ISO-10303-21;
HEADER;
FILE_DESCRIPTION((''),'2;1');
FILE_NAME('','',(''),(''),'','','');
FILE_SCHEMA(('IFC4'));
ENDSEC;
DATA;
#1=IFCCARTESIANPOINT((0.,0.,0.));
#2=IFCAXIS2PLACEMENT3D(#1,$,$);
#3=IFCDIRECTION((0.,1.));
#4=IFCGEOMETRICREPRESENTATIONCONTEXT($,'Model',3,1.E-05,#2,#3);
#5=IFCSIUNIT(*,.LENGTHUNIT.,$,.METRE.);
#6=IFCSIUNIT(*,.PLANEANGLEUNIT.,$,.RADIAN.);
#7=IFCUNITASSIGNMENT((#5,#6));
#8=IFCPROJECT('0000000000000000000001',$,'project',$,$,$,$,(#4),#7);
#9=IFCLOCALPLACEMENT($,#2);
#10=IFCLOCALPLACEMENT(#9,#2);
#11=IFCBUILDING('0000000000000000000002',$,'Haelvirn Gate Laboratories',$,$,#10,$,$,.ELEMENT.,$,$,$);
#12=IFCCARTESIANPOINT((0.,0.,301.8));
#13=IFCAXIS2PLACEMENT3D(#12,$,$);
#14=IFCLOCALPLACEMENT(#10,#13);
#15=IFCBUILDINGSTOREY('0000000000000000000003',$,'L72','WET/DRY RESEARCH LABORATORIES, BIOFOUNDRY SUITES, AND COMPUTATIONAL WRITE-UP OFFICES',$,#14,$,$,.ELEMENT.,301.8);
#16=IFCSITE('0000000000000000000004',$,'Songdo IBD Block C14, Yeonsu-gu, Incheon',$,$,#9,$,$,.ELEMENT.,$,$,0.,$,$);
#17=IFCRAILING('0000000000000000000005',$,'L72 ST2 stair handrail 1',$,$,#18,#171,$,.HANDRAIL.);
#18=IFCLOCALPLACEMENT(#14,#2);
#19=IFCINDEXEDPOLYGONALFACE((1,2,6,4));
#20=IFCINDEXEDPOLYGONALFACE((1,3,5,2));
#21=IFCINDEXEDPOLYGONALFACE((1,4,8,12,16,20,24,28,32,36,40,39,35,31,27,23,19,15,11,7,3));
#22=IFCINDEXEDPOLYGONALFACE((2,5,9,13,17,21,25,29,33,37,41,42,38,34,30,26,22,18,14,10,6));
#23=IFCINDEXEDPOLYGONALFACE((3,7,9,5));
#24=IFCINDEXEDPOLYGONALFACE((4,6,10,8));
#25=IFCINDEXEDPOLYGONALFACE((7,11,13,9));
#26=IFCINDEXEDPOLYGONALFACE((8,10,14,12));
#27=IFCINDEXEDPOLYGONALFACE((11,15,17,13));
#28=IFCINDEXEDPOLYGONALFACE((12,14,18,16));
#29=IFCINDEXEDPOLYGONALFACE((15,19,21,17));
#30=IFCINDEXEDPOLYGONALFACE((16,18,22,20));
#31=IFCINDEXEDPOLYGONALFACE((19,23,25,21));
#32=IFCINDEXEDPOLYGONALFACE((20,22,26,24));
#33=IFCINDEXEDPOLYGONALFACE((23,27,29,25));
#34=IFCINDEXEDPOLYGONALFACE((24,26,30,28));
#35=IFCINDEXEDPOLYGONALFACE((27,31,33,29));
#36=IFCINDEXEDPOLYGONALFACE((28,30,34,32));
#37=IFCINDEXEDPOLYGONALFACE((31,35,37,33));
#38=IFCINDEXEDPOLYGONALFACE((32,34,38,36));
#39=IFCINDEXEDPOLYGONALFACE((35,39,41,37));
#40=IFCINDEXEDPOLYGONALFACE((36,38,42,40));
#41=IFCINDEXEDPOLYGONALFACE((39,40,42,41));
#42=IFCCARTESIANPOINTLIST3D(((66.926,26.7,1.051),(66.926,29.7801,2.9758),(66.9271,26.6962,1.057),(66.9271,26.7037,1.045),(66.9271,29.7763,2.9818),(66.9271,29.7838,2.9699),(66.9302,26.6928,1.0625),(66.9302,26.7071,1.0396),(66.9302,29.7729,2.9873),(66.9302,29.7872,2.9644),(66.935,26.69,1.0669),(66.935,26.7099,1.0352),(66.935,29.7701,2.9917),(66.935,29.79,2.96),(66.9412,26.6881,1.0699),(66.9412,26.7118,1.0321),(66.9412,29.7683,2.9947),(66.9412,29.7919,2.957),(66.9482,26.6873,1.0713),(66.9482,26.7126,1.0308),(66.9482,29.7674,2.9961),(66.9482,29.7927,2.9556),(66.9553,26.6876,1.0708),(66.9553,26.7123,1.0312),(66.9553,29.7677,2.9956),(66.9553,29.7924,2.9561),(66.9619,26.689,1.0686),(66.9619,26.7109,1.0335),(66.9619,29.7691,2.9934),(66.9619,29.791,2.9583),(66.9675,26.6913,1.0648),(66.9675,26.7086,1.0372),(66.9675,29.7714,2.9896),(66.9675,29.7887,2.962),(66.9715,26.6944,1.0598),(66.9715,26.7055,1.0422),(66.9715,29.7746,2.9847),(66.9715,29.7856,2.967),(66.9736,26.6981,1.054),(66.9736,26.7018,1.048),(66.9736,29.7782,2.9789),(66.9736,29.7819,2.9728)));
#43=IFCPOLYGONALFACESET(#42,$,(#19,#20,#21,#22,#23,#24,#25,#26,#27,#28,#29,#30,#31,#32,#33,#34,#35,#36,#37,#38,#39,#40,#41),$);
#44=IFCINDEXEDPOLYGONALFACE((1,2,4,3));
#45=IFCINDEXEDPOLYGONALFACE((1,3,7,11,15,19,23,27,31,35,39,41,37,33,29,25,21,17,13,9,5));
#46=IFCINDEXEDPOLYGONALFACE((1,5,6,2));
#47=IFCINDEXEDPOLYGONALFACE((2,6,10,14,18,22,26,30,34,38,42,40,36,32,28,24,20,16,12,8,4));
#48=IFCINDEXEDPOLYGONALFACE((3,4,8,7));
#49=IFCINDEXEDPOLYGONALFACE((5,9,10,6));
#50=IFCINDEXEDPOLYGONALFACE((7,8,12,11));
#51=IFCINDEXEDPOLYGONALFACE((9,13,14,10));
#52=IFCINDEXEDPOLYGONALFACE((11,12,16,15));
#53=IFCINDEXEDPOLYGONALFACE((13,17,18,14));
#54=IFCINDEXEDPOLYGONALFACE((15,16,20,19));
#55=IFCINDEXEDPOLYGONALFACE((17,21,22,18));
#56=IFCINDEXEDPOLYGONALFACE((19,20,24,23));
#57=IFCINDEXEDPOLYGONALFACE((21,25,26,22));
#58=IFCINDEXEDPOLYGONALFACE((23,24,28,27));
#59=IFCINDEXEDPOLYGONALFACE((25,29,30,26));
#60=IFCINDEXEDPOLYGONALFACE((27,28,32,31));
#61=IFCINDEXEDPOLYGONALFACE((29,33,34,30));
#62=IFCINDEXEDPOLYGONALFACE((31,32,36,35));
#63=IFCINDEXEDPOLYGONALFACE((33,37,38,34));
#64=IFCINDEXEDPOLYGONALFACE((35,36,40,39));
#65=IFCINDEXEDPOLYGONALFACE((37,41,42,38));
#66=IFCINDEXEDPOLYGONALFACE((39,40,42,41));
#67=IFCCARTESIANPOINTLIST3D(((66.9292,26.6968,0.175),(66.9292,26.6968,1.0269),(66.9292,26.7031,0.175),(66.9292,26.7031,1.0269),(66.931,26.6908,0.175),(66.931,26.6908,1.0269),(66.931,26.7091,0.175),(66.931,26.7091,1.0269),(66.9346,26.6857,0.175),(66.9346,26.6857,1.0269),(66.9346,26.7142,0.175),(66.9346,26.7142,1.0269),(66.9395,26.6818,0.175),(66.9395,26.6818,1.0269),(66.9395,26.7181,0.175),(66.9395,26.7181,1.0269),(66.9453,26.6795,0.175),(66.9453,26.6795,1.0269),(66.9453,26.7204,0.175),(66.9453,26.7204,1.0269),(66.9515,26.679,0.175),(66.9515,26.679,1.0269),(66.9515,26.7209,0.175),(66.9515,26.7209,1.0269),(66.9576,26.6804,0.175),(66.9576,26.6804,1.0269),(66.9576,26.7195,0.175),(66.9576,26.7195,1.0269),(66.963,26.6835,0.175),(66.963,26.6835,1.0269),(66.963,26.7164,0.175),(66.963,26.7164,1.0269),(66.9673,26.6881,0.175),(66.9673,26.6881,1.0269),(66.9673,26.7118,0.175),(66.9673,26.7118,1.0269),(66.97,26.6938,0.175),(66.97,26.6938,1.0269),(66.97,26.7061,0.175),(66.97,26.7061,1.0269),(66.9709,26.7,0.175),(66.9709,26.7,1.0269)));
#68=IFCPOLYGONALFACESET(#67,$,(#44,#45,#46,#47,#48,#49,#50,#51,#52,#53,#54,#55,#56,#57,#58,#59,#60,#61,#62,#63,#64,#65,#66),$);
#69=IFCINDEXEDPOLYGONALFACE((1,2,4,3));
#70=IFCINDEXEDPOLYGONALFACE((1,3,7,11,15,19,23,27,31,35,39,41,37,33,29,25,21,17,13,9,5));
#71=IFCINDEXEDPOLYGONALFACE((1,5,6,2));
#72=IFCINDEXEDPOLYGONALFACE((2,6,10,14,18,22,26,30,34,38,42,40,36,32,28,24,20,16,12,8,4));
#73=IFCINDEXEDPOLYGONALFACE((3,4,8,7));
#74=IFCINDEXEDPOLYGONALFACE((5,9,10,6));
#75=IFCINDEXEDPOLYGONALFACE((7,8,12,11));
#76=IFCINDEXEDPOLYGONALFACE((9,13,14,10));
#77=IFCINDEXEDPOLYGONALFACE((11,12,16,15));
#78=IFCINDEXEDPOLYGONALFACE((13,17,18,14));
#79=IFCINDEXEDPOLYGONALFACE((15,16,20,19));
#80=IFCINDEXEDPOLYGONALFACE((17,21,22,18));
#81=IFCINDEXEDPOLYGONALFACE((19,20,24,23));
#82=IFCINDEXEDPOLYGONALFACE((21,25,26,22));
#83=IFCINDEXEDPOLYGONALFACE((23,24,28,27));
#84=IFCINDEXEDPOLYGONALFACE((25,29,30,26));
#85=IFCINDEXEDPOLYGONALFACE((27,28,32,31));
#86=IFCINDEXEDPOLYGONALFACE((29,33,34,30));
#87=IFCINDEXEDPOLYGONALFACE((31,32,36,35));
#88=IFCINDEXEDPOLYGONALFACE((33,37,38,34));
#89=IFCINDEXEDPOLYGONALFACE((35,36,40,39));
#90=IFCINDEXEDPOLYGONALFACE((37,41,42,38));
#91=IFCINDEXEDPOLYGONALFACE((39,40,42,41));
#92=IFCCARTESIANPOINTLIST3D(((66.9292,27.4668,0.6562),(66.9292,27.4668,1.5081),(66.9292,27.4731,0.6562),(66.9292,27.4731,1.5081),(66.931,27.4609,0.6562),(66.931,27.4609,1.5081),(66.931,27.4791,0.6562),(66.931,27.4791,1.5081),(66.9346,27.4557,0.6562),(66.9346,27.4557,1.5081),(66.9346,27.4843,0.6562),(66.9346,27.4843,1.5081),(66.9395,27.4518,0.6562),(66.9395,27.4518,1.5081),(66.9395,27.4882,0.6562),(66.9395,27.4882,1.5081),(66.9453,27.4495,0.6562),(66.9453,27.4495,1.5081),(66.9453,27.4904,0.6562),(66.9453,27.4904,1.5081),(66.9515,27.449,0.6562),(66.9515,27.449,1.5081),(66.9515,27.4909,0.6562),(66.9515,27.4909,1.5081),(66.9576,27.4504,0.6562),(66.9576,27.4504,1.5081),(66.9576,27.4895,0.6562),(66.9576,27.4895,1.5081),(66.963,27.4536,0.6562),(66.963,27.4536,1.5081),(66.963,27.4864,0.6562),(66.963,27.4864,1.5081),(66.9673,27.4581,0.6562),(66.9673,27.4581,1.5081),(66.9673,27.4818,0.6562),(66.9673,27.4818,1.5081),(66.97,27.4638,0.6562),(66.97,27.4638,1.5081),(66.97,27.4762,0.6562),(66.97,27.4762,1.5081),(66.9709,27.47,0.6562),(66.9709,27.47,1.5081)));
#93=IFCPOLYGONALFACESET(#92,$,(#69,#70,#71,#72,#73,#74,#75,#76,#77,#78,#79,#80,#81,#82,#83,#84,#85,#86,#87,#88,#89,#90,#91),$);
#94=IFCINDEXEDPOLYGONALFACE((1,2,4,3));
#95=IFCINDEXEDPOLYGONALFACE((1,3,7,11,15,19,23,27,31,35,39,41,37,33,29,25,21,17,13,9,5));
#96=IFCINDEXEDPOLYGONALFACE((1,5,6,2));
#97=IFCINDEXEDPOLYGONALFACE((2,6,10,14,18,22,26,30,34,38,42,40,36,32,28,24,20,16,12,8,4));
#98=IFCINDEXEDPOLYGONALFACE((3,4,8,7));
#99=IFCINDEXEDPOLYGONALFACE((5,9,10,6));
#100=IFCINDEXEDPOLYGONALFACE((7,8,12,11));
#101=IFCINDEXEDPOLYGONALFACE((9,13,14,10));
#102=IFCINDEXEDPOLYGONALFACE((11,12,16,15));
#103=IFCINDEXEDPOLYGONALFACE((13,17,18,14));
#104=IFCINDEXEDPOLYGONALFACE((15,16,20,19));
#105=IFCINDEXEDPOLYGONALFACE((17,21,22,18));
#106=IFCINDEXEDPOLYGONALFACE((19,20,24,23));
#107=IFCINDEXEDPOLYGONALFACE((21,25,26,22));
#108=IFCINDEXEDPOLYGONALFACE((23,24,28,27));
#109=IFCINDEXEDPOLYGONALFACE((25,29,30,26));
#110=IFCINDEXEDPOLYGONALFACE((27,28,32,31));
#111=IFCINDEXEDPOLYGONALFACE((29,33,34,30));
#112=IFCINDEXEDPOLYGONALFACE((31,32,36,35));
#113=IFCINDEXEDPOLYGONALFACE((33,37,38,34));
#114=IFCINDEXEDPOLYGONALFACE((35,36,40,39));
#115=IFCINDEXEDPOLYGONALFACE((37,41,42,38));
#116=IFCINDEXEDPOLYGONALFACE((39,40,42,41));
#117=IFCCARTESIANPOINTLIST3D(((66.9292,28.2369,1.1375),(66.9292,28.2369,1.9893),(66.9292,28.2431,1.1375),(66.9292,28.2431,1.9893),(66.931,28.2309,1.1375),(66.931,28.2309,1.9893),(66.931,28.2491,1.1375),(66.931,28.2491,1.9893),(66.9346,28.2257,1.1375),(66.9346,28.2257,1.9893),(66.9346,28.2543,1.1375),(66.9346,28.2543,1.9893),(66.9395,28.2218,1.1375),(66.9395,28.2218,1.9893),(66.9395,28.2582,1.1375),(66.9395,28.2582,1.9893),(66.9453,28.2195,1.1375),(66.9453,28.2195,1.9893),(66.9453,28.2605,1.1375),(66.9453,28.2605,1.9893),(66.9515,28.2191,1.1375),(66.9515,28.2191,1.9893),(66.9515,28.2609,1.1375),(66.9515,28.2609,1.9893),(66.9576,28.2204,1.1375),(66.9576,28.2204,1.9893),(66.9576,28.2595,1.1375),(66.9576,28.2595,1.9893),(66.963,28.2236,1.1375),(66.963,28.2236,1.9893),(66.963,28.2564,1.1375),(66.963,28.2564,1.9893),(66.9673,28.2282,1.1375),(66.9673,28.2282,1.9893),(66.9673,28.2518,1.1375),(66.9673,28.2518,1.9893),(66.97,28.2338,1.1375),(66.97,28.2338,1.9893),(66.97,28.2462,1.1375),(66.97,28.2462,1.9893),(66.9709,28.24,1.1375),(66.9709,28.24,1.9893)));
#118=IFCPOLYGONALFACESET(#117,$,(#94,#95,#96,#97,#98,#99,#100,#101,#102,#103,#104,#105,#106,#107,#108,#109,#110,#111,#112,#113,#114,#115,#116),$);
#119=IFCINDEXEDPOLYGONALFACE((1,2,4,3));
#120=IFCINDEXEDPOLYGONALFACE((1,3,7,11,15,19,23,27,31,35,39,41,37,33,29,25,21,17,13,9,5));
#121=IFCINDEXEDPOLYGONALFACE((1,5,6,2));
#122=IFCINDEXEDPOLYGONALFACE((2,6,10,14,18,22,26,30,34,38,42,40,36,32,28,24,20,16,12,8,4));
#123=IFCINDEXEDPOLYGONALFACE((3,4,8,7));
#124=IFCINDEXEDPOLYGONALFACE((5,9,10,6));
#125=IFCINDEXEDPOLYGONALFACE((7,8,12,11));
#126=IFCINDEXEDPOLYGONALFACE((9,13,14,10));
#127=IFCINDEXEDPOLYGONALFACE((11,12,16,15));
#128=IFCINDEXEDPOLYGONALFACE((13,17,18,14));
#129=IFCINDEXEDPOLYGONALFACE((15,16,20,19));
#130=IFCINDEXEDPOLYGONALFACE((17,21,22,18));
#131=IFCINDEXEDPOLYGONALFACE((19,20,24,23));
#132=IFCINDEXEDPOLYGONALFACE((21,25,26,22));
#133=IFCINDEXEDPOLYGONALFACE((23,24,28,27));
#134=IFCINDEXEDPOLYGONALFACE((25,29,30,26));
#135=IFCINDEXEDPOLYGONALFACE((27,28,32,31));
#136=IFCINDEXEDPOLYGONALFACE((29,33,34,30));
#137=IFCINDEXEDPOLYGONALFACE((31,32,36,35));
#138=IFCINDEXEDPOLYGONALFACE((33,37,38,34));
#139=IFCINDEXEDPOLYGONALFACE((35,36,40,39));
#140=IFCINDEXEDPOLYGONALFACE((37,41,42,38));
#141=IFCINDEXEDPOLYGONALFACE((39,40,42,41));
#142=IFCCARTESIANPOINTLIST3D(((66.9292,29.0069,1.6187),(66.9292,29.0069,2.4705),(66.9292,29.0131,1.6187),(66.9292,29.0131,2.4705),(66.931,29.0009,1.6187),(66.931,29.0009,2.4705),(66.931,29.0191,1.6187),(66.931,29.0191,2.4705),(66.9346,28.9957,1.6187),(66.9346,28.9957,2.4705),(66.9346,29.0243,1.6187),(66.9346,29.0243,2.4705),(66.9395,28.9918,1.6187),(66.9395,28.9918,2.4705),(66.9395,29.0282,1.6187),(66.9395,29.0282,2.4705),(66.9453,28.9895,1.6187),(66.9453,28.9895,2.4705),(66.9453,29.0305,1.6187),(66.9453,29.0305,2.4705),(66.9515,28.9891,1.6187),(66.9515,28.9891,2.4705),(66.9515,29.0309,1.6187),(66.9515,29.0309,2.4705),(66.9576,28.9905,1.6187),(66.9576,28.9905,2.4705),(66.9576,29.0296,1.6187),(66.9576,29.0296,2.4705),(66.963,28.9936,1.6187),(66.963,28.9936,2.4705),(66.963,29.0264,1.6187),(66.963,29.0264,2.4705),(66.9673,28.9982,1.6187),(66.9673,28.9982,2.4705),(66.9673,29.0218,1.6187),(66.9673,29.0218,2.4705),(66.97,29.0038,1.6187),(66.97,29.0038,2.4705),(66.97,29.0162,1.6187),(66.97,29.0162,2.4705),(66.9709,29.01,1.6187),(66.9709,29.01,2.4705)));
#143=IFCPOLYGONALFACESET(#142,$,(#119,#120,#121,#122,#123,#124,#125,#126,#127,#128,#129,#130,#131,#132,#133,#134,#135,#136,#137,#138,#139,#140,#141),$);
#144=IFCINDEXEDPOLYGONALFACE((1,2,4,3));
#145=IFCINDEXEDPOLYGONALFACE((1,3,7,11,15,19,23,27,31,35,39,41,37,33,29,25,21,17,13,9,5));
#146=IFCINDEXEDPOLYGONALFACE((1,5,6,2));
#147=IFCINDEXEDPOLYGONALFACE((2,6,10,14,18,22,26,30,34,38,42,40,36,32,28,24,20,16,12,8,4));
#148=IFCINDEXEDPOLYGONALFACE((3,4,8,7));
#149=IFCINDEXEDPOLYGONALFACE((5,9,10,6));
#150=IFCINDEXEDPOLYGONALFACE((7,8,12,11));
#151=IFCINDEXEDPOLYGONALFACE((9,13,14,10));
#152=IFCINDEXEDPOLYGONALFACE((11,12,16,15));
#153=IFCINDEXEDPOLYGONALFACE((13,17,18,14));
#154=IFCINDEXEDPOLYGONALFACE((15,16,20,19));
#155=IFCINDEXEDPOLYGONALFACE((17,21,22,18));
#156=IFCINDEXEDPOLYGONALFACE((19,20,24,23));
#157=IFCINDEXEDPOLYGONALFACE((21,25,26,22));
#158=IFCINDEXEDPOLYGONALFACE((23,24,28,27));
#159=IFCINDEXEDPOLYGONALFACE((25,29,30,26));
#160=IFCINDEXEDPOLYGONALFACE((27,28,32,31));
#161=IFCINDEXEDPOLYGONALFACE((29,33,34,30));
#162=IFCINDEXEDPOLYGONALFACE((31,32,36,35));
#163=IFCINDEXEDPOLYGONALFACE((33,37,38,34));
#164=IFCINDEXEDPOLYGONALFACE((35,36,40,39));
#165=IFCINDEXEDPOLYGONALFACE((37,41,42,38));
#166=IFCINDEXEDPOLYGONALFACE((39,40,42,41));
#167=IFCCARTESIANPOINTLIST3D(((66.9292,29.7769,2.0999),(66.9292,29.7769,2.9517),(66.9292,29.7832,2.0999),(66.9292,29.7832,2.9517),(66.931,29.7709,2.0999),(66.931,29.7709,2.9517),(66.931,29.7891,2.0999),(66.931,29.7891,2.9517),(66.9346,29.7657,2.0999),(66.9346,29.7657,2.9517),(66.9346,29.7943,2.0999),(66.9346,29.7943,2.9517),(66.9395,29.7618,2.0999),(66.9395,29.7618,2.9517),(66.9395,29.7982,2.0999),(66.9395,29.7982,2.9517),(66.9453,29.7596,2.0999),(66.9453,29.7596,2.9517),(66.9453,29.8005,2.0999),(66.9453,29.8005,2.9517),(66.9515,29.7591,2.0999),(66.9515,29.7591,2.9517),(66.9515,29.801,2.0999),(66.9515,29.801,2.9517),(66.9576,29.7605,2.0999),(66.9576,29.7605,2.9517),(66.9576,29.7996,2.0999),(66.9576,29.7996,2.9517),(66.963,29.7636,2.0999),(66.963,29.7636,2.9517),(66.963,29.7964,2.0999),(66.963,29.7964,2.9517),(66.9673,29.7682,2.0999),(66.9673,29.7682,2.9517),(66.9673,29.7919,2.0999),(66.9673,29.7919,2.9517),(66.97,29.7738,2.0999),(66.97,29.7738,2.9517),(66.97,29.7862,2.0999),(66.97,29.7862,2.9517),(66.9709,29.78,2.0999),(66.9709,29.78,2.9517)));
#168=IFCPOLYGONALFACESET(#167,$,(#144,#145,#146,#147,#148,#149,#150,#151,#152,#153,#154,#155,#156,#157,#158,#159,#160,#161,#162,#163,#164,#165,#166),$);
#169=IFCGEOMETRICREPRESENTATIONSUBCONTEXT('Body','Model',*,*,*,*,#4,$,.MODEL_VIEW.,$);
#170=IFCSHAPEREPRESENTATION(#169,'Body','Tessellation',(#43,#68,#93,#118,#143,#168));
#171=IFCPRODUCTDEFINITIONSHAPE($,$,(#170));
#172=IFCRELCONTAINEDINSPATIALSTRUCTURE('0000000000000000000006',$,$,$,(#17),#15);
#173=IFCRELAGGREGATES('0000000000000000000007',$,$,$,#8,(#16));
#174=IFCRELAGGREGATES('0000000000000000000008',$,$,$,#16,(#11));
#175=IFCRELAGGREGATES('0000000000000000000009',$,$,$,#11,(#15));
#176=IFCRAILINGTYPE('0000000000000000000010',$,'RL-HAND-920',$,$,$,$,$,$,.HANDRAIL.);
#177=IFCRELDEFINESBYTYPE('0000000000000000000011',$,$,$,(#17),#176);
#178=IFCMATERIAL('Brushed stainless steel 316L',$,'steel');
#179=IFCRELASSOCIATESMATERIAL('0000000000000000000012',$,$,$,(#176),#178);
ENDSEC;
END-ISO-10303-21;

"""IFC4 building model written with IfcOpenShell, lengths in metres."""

from ifc_helpers import new_model, si_unit, direction, frame, origin, origin_2d, place, context, subcontext, project, spatial, circle, extrude, source, transform, mapped, material, type_object, element, save


model = new_model("IFC4")

# Units and contexts
model_context = context("Model", 3, precision=1e-05, world=origin(), true_north=direction((0.0, 1.0)))
body_context = subcontext(model_context, "Body", "Model", "MODEL_VIEW")
ifc_project = project(units=[si_unit("LENGTHUNIT", "METRE"), si_unit("PLANEANGLEUNIT", "RADIAN")], contexts=[model_context])

# Site, building, storey
site_placement = place(None, origin())
site = spatial("IfcSite", under=ifc_project, at=site_placement, Name="Songdo IBD Block C14, Yeonsu-gu, Incheon", CompositionType="ELEMENT", RefElevation=0.0)
building_placement = place(site_placement, origin())
building = spatial("IfcBuilding", under=site, at=building_placement, Name="Haelvirn Gate Laboratories", CompositionType="ELEMENT")
storey_placement = place(building_placement, frame((0.0, 0.0, 301.8)))
storey = spatial("IfcBuildingStorey", under=building, at=storey_placement, Name="L72", Description="WET/DRY RESEARCH LABORATORIES, BIOFOUNDRY SUITES, AND COMPUTATIONAL WRITE-UP OFFICES", CompositionType="ELEMENT", Elevation=301.8)

# Railing
ifc_material_1 = material(Name="Brushed stainless steel 316L", Category="steel")
railing_type_1 = type_object("IfcRailingType", Name="RL-HAND-920", PredefinedType="HANDRAIL", material=ifc_material_1)
shared_shape_1 = source(origin(), body_context, "Body", "SweptSolid", [
    extrude(circle(Radius=0.0239, at=origin_2d()), frame((0.0, 0.0, 0.876), z_axis=(0.0, 0.848029, 0.529951), x_axis=(-1.0, 0.0, 0.0)), (0.0, 0.0, 1.0), 3.6321),
    extrude(circle(Radius=0.021, at=origin_2d()), origin(), (0.0, 0.0, 1.0), 0.8518),
    extrude(circle(Radius=0.021, at=origin_2d()), frame((0.0, 0.77, 0.4812)), (0.0, 0.0, 1.0), 0.8518),
    extrude(circle(Radius=0.021, at=origin_2d()), frame((0.0, 1.54, 0.9624)), (0.0, 0.0, 1.0), 0.8518),
    extrude(circle(Radius=0.021, at=origin_2d()), frame((0.0, 2.3101, 1.4436)), (0.0, 0.0, 1.0), 0.8518),
    extrude(circle(Radius=0.021, at=origin_2d()), frame((0.0, 3.0801, 1.9248)), (0.0, 0.0, 1.0), 0.8518),
])
railing_1_placement = place(storey_placement, frame((66.95, 26.7, 0.175)))
element("IfcRailing", 1, at=railing_1_placement, inside=storey, type_object=railing_type_1, Name="L72 ST2 stair handrail 1", PredefinedType="HANDRAIL", context=body_context, shape_type="MappedRepresentation", body=[
    mapped(shared_shape_1, transform((0.0, 0.0, 0.0), scale=1.0)),
])

save(model, "model.ifc")
